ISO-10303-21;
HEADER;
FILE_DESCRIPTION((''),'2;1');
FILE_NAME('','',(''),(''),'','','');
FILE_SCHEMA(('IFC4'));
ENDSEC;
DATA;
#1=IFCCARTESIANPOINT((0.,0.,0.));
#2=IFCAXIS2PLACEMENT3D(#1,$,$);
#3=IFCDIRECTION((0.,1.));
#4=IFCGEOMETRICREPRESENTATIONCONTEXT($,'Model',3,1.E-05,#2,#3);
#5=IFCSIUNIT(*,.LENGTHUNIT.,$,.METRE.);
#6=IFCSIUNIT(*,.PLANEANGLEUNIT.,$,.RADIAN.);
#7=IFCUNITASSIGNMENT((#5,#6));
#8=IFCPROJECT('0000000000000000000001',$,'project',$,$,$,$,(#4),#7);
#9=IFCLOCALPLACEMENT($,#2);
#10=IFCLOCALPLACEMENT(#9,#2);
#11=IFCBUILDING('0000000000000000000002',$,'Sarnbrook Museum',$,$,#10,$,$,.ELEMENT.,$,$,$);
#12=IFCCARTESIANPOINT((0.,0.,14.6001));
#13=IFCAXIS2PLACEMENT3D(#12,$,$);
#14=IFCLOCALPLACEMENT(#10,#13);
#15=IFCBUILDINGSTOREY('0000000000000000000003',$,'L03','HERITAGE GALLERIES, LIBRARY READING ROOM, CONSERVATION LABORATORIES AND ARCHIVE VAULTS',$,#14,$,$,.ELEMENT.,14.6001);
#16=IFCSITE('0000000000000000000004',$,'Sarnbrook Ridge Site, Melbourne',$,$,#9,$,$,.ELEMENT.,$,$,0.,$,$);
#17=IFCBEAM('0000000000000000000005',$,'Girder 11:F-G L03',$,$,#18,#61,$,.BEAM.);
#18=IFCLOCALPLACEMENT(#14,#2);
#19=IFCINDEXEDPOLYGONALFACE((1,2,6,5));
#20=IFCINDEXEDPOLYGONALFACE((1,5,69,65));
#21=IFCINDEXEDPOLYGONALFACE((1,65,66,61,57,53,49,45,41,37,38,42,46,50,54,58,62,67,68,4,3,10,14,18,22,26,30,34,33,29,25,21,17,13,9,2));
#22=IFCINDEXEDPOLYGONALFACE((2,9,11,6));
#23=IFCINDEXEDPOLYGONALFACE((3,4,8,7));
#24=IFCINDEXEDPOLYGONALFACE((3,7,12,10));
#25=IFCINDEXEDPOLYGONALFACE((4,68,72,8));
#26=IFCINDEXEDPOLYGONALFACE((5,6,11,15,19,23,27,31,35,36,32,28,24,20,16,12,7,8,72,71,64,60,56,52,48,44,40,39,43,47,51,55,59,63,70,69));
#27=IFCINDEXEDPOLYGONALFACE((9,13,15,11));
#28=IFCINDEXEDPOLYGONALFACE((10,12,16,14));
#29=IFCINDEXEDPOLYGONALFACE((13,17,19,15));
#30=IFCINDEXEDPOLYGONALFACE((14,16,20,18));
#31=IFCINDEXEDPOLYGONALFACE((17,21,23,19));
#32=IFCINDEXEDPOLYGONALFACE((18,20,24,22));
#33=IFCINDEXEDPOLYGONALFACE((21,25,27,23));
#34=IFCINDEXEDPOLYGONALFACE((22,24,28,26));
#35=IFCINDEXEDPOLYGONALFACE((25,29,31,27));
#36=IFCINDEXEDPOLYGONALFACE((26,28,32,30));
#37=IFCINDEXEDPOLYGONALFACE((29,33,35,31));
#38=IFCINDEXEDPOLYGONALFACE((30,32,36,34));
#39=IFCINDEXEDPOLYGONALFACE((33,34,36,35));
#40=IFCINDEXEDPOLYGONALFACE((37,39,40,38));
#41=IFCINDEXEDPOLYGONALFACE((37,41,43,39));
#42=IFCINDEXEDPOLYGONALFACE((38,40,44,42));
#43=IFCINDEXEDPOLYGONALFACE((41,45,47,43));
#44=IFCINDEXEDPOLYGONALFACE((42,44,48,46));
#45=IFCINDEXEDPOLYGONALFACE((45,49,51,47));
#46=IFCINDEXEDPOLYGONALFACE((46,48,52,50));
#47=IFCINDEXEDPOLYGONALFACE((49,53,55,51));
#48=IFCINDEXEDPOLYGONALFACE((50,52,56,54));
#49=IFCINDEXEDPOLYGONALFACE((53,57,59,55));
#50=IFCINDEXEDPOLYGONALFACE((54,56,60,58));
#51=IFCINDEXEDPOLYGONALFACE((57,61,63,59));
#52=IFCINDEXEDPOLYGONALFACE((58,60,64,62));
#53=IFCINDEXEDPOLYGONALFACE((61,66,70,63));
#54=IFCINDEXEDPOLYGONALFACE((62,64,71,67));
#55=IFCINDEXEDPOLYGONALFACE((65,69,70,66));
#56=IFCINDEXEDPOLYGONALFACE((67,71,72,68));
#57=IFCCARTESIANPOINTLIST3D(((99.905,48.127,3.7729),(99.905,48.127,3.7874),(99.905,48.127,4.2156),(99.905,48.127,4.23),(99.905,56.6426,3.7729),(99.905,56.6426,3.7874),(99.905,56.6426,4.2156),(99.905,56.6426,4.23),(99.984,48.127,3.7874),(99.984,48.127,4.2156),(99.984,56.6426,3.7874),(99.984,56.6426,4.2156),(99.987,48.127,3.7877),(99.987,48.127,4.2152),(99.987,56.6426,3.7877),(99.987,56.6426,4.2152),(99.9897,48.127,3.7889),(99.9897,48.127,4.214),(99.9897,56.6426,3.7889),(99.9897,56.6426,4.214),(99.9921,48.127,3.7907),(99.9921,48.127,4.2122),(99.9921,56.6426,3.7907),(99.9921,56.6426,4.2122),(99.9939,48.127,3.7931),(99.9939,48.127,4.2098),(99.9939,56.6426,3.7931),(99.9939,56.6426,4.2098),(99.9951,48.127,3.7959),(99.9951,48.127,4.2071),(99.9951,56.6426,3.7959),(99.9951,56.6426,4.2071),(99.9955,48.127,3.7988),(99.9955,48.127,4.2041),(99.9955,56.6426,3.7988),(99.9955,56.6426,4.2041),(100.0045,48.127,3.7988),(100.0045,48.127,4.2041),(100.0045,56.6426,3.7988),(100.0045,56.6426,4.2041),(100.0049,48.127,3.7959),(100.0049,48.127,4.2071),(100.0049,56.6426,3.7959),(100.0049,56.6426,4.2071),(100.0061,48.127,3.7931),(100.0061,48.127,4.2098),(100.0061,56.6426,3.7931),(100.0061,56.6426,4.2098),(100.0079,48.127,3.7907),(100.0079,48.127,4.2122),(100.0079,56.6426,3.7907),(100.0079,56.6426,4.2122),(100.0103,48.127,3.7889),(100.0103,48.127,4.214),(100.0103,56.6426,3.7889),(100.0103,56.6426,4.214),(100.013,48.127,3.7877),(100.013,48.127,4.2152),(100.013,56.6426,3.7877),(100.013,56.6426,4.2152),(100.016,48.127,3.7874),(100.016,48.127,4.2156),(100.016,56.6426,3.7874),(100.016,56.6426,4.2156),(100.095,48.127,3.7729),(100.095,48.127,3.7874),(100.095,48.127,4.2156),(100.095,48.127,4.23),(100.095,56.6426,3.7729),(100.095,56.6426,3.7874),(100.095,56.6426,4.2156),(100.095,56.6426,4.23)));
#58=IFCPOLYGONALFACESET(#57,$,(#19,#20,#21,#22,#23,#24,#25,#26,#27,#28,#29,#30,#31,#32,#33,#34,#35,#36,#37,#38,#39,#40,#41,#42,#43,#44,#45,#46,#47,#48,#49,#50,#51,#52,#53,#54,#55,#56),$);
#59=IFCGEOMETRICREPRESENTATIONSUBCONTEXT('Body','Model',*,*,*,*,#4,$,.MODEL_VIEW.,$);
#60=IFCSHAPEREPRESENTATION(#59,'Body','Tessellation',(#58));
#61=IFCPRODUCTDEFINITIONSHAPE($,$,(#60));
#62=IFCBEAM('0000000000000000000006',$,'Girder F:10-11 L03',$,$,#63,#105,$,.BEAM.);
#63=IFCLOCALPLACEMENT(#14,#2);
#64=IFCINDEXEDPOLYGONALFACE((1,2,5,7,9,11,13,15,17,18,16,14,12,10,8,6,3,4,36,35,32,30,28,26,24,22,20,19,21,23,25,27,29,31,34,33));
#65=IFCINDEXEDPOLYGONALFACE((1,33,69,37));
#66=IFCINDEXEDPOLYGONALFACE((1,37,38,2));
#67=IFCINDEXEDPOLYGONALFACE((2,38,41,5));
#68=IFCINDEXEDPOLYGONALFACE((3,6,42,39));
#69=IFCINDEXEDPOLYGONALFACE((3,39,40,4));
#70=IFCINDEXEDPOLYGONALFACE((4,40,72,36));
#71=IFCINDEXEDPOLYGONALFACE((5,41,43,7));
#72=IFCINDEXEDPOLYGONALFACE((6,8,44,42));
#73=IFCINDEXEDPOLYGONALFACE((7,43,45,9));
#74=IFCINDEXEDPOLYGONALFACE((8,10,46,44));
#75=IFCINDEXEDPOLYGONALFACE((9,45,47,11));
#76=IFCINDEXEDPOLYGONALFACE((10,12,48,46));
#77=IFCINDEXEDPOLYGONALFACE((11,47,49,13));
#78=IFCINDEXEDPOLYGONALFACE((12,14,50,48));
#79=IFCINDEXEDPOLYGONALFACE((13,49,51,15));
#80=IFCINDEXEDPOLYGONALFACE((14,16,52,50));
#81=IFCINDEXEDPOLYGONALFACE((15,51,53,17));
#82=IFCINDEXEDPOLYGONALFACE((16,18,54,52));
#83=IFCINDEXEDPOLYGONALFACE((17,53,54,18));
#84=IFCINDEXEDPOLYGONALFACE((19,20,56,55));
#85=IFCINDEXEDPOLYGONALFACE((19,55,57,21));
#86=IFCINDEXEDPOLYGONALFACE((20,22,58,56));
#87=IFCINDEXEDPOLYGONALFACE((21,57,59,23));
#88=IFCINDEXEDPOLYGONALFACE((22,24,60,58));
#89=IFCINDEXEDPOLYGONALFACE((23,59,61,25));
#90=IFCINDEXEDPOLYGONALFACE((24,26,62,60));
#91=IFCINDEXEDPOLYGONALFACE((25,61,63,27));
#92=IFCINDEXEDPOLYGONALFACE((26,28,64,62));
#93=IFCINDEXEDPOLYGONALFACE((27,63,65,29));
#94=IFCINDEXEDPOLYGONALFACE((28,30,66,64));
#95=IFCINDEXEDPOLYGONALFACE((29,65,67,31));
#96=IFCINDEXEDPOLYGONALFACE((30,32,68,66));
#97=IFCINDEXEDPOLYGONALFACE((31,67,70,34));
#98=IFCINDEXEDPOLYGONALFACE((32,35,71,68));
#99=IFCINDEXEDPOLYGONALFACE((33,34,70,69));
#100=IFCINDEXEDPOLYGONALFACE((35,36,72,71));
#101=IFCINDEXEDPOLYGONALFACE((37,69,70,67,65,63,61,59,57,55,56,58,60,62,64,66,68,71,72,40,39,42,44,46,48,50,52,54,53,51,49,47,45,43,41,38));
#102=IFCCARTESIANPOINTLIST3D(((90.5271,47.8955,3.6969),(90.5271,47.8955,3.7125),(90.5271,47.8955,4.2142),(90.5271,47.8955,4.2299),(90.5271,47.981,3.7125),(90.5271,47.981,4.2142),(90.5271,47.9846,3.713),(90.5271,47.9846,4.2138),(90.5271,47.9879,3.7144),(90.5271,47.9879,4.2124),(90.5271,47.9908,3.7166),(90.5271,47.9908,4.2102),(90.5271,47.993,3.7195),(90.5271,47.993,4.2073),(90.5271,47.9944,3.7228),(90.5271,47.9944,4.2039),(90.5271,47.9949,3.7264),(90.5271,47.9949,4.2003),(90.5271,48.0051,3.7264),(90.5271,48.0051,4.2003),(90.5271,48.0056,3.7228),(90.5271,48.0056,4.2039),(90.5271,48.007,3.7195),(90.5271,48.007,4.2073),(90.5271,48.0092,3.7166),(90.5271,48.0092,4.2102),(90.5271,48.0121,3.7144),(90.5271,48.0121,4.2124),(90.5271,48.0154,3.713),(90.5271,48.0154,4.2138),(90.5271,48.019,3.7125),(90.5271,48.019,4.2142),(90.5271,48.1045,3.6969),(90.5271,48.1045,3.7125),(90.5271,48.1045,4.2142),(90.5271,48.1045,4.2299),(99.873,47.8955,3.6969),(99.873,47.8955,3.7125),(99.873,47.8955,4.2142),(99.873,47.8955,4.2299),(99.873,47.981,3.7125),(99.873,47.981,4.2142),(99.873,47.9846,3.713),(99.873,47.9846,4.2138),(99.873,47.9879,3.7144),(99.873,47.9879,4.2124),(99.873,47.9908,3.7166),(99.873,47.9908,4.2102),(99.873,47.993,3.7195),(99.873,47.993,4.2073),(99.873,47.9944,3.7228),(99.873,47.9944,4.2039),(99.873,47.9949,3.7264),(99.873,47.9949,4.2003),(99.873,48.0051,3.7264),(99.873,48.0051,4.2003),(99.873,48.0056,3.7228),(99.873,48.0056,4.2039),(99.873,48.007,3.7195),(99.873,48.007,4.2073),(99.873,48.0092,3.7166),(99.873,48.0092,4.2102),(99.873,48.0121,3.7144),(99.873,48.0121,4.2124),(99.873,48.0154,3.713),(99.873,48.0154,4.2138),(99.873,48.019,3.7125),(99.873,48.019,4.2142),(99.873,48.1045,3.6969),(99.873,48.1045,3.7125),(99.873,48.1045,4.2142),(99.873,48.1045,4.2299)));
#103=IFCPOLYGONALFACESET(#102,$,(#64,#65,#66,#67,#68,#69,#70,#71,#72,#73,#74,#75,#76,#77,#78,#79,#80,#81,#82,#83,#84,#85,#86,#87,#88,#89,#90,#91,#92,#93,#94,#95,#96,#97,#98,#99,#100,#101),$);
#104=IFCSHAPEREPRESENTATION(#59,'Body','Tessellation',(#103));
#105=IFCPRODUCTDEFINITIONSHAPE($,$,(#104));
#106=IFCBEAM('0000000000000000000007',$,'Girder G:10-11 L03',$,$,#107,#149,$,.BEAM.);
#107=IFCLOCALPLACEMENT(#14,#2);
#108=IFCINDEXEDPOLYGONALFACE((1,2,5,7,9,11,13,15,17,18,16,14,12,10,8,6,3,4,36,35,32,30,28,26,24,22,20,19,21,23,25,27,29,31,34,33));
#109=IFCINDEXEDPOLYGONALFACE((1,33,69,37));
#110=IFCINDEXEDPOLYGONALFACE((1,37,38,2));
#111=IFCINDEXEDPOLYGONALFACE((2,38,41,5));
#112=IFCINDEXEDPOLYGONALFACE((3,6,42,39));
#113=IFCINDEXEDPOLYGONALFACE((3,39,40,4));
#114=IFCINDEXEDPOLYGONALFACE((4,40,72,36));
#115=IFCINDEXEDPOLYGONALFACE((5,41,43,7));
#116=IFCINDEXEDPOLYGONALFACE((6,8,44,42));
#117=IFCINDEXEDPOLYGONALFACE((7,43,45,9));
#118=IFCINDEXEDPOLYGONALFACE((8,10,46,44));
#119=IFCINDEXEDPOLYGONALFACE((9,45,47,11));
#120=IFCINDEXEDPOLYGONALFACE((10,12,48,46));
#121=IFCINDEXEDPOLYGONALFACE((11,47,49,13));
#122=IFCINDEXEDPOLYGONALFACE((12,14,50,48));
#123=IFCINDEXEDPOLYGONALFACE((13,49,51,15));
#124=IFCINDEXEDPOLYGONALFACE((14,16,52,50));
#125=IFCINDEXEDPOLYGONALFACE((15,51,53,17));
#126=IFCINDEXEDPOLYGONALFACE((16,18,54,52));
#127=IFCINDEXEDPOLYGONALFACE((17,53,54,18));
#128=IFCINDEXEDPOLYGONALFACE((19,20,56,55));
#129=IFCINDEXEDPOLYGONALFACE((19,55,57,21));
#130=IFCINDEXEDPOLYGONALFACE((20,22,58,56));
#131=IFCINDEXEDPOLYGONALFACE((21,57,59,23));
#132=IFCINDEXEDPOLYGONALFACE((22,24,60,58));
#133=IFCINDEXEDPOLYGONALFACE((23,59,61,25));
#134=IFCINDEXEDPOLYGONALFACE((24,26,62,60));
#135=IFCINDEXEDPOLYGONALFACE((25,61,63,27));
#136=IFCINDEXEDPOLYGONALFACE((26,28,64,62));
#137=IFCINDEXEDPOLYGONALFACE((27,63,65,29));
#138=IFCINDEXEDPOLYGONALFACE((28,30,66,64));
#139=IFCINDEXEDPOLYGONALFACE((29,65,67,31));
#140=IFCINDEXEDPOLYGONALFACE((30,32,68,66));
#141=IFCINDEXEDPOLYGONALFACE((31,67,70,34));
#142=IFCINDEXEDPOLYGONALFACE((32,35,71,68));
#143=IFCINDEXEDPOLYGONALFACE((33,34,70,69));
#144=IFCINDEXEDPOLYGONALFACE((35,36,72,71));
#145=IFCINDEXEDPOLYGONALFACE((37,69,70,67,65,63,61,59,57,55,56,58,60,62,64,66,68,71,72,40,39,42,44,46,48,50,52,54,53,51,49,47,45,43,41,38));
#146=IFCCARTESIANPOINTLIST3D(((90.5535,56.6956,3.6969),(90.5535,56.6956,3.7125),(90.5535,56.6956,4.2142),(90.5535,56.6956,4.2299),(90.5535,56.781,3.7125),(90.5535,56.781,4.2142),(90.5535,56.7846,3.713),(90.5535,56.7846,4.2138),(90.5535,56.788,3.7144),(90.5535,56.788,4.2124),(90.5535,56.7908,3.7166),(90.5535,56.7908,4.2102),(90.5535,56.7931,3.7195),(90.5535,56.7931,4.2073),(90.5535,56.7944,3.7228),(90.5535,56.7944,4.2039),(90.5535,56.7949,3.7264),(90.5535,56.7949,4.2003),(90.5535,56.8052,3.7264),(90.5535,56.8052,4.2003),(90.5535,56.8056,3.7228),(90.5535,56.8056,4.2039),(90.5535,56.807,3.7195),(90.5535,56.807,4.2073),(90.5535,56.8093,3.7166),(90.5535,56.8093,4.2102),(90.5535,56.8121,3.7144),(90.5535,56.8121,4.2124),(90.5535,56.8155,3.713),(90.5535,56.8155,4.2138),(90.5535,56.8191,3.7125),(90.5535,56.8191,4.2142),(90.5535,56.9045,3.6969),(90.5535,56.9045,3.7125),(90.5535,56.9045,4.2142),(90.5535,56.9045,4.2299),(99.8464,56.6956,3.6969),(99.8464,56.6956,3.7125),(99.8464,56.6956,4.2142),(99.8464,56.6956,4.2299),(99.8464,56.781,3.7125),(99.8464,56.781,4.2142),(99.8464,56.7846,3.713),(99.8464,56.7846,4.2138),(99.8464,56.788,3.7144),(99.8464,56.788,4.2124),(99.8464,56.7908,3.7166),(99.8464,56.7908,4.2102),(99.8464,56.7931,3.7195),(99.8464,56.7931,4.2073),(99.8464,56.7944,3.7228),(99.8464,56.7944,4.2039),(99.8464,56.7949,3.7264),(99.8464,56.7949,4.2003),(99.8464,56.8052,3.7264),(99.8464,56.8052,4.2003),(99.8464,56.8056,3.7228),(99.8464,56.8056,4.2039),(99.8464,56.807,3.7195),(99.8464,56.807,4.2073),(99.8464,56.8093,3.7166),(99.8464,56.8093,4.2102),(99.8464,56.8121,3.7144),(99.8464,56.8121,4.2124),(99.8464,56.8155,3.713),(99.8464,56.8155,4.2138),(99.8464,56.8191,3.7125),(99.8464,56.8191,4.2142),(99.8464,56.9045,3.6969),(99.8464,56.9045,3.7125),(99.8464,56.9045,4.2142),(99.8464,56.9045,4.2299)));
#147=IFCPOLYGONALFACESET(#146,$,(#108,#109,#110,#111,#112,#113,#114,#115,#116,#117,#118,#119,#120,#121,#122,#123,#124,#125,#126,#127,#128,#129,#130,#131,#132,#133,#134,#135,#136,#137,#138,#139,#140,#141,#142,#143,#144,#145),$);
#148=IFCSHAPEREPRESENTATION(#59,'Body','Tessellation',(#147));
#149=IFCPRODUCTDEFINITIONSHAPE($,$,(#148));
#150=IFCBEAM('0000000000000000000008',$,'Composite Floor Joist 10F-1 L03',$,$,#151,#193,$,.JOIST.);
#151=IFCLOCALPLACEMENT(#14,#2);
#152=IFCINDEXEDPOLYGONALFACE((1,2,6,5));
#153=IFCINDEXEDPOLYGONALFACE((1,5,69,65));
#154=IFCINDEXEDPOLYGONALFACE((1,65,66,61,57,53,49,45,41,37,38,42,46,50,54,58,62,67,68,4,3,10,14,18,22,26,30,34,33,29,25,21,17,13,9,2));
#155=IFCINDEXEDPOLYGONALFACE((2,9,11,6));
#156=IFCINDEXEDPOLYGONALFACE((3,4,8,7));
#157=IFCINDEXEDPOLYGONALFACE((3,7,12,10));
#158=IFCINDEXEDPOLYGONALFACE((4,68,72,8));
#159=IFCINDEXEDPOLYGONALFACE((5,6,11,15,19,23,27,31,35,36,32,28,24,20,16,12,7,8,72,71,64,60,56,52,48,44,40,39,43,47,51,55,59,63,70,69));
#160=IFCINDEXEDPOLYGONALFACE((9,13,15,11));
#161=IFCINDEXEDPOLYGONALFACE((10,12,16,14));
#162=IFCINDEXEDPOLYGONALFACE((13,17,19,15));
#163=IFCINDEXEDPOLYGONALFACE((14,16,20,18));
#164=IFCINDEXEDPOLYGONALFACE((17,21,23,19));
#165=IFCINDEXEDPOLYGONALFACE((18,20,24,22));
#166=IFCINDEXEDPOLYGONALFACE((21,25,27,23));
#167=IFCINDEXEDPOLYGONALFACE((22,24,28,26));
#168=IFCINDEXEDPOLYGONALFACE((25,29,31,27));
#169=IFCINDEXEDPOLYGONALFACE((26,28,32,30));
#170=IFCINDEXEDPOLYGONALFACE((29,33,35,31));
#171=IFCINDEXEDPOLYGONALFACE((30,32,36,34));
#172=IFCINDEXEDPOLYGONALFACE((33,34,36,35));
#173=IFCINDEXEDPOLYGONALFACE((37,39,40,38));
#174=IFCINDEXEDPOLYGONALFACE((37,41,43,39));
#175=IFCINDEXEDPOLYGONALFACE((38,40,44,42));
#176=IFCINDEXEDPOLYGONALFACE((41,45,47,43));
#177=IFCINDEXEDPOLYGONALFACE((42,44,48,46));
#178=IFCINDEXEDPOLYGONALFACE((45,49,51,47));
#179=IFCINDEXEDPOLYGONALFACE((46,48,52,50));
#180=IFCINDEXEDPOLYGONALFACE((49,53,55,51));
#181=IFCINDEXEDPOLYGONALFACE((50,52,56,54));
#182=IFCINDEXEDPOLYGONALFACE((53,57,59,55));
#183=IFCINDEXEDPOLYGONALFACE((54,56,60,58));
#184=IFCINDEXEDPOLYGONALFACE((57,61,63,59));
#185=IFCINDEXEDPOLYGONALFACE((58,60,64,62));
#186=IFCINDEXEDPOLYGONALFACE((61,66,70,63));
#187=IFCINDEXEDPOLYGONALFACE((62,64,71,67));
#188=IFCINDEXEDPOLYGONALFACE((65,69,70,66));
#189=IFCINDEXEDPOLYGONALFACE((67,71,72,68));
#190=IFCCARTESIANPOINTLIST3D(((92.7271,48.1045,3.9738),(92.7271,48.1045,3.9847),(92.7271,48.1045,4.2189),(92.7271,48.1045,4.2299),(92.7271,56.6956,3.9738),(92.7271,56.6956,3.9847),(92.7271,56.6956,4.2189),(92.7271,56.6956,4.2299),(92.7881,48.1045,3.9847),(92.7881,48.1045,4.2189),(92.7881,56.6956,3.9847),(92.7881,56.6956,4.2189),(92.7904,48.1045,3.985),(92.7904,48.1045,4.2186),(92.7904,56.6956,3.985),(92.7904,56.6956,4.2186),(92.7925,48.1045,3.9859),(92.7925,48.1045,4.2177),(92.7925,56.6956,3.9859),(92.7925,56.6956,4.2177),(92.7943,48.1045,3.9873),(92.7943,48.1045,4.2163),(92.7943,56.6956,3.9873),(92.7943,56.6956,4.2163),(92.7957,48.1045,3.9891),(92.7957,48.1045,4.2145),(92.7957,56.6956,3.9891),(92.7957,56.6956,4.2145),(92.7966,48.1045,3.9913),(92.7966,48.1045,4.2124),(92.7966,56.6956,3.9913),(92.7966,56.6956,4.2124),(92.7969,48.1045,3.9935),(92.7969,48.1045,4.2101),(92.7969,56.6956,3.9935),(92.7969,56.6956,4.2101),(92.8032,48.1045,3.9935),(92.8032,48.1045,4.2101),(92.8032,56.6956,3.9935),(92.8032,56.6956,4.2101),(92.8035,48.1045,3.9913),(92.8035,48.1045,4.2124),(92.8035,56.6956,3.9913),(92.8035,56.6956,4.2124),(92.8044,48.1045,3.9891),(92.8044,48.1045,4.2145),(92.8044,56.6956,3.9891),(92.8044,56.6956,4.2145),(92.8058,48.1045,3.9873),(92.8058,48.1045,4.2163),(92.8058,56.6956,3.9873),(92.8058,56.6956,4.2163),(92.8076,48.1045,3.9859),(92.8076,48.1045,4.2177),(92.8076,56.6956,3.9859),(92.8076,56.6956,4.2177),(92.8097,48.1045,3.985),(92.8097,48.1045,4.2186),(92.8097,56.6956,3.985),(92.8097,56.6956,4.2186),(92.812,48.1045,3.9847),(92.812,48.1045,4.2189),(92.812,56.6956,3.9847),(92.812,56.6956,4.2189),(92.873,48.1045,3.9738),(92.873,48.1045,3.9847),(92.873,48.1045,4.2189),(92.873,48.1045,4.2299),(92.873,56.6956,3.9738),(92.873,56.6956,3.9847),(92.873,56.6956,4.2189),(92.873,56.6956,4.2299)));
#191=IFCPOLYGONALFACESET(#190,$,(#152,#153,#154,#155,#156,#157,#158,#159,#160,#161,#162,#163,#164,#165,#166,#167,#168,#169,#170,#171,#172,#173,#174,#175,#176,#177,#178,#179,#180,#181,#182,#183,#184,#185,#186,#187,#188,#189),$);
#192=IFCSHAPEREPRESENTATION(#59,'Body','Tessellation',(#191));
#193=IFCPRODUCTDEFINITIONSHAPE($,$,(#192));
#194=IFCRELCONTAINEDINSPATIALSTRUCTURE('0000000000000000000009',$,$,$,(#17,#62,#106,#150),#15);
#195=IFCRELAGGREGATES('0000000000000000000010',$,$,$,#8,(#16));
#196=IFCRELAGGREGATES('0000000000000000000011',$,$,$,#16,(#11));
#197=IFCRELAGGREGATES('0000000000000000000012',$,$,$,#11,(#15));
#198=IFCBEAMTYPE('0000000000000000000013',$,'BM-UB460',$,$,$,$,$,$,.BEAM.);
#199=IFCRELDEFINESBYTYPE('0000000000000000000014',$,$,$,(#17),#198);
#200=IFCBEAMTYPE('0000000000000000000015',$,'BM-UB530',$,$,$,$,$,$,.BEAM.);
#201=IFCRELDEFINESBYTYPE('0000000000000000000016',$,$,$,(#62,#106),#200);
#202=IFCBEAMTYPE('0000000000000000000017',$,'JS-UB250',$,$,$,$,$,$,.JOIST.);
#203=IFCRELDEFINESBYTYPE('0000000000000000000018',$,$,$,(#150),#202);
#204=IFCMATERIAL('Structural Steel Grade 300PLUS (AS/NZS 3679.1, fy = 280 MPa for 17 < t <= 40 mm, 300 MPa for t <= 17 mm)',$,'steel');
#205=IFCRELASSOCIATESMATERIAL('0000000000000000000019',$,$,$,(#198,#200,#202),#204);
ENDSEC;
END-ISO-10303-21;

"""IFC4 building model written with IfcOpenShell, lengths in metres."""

from ifc_helpers import new_model, si_unit, direction, frame, origin, origin_2d, place, context, subcontext, project, spatial, i_section, extrude, material, material_profile, profile_set, type_object, element, save


model = new_model("IFC4")

# Units and contexts
model_context = context("Model", 3, precision=1e-05, world=origin(), true_north=direction((0.0, 1.0)))
body_context = subcontext(model_context, "Body", "Model", "MODEL_VIEW")
ifc_project = project(units=[si_unit("LENGTHUNIT", "METRE"), si_unit("PLANEANGLEUNIT", "RADIAN")], contexts=[model_context])

# Site, building, storey
site_placement = place(None, origin())
site = spatial("IfcSite", under=ifc_project, at=site_placement, Name="Sarnbrook Ridge Site, Melbourne", CompositionType="ELEMENT", RefElevation=0.0)
building_placement = place(site_placement, origin())
building = spatial("IfcBuilding", under=site, at=building_placement, Name="Sarnbrook Museum", CompositionType="ELEMENT")
storey_placement = place(building_placement, frame((0.0, 0.0, 14.6001)))
storey = spatial("IfcBuildingStorey", under=building, at=storey_placement, Name="L03", Description="HERITAGE GALLERIES, LIBRARY READING ROOM, CONSERVATION LABORATORIES AND ARCHIVE VAULTS", CompositionType="ELEMENT", Elevation=14.6001)

# Shared definitions
ifc_material_1 = material(Name="Structural Steel Grade 300PLUS (AS/NZS 3679.1, fy = 280 MPa for 17 < t <= 40 mm, 300 MPa for t <= 17 mm)", Category="steel")

# Beams
ifc_material_profile_1 = material_profile(ifc_material_1, i_section(OverallWidth=0.1899, OverallDepth=0.457, WebThickness=0.009, FlangeThickness=0.0144, FilletRadius=0.0115, at=origin_2d()), Name="460UB74.6")
ifc_profile_set_1 = profile_set([ifc_material_profile_1], Name="Structural Steel Grade 300PLUS (AS/NZS 3679.1, fy = 280 MPa for 17 < t <= 40 mm, 300 MPa for t <= 17 mm)")
beam_type_1 = type_object("IfcBeamType", Name="BM-UB460", PredefinedType="BEAM", material=ifc_profile_set_1)
beam_1_placement = place(storey_placement, frame((100.0, 48.127, 4.0015), z_axis=(0.0, 1.0, 0.0), x_axis=(-1.0, 0.0, 0.0)))
element("IfcBeam", 1, at=beam_1_placement, inside=storey, type_object=beam_type_1, Name="Girder 11:F-G L03", PredefinedType="BEAM", context=body_context, shape_type="SweptSolid", body=[
    extrude(i_section(OverallWidth=0.1899, OverallDepth=0.457, WebThickness=0.009, FlangeThickness=0.0144, FilletRadius=0.0115, at=origin_2d()), origin(), (0.0, 0.0, 1.0), 8.5156),
])
ifc_material_profile_2 = material_profile(ifc_material_1, i_section(OverallWidth=0.209, OverallDepth=0.533, WebThickness=0.0103, FlangeThickness=0.0156, FilletRadius=0.0139, at=origin_2d()), Name="530UB92.4")
ifc_profile_set_2 = profile_set([ifc_material_profile_2], Name="Structural Steel Grade 300PLUS (AS/NZS 3679.1, fy = 280 MPa for 17 < t <= 40 mm, 300 MPa for t <= 17 mm)")
beam_type_2 = type_object("IfcBeamType", Name="BM-UB530", PredefinedType="BEAM", material=ifc_profile_set_2)
beam_2_placement = place(storey_placement, frame((90.5271, 48.0, 3.9634), z_axis=(1.0, 0.0, 0.0), x_axis=(0.0, 1.0, 0.0)))
element("IfcBeam", 2, at=beam_2_placement, inside=storey, type_object=beam_type_2, Name="Girder F:10-11 L03", PredefinedType="BEAM", context=body_context, shape_type="SweptSolid", body=[
    extrude(i_section(OverallWidth=0.209, OverallDepth=0.533, WebThickness=0.0103, FlangeThickness=0.0156, FilletRadius=0.0139, at=origin_2d()), origin(), (0.0, 0.0, 1.0), 9.3459),
])
beam_3_placement = place(storey_placement, frame((90.5535, 56.8, 3.9634), z_axis=(1.0, 0.0, 0.0), x_axis=(0.0, 1.0, 0.0)))
element("IfcBeam", 3, at=beam_3_placement, inside=storey, type_object=beam_type_2, Name="Girder G:10-11 L03", PredefinedType="BEAM", context=body_context, shape_type="SweptSolid", body=[
    extrude(i_section(OverallWidth=0.209, OverallDepth=0.533, WebThickness=0.0103, FlangeThickness=0.0156, FilletRadius=0.0139, at=origin_2d()), origin(), (0.0, 0.0, 1.0), 9.293),
])
ifc_material_profile_3 = material_profile(ifc_material_1, i_section(OverallWidth=0.146, OverallDepth=0.2561, WebThickness=0.0063, FlangeThickness=0.011, FilletRadius=0.0088, at=origin_2d()), Name="250UB37.3")
ifc_profile_set_3 = profile_set([ifc_material_profile_3], Name="Structural Steel Grade 300PLUS (AS/NZS 3679.1, fy = 280 MPa for 17 < t <= 40 mm, 300 MPa for t <= 17 mm)")
beam_type_3 = type_object("IfcBeamType", Name="JS-UB250", PredefinedType="JOIST", material=ifc_profile_set_3)
for number, where, z_axis, x_axis, name in (
    (4, (92.8, 48.1045, 4.1018), (0.0, 1.0, 0.0), (-1.0, 0.0, 0.0), "Composite Floor Joist 10F-1 L03"),
):
    element("IfcBeam", number, at=place(storey_placement, frame(where, z_axis=z_axis, x_axis=x_axis)), inside=storey, type_object=beam_type_3, Name=name, PredefinedType="JOIST", context=body_context, shape_type="SweptSolid", body=[
        extrude(i_section(OverallWidth=0.146, OverallDepth=0.2561, WebThickness=0.0063, FlangeThickness=0.011, FilletRadius=0.0088, at=origin_2d()), origin(), (0.0, 0.0, 1.0), 8.5911),
    ])

save(model, "model.ifc")
